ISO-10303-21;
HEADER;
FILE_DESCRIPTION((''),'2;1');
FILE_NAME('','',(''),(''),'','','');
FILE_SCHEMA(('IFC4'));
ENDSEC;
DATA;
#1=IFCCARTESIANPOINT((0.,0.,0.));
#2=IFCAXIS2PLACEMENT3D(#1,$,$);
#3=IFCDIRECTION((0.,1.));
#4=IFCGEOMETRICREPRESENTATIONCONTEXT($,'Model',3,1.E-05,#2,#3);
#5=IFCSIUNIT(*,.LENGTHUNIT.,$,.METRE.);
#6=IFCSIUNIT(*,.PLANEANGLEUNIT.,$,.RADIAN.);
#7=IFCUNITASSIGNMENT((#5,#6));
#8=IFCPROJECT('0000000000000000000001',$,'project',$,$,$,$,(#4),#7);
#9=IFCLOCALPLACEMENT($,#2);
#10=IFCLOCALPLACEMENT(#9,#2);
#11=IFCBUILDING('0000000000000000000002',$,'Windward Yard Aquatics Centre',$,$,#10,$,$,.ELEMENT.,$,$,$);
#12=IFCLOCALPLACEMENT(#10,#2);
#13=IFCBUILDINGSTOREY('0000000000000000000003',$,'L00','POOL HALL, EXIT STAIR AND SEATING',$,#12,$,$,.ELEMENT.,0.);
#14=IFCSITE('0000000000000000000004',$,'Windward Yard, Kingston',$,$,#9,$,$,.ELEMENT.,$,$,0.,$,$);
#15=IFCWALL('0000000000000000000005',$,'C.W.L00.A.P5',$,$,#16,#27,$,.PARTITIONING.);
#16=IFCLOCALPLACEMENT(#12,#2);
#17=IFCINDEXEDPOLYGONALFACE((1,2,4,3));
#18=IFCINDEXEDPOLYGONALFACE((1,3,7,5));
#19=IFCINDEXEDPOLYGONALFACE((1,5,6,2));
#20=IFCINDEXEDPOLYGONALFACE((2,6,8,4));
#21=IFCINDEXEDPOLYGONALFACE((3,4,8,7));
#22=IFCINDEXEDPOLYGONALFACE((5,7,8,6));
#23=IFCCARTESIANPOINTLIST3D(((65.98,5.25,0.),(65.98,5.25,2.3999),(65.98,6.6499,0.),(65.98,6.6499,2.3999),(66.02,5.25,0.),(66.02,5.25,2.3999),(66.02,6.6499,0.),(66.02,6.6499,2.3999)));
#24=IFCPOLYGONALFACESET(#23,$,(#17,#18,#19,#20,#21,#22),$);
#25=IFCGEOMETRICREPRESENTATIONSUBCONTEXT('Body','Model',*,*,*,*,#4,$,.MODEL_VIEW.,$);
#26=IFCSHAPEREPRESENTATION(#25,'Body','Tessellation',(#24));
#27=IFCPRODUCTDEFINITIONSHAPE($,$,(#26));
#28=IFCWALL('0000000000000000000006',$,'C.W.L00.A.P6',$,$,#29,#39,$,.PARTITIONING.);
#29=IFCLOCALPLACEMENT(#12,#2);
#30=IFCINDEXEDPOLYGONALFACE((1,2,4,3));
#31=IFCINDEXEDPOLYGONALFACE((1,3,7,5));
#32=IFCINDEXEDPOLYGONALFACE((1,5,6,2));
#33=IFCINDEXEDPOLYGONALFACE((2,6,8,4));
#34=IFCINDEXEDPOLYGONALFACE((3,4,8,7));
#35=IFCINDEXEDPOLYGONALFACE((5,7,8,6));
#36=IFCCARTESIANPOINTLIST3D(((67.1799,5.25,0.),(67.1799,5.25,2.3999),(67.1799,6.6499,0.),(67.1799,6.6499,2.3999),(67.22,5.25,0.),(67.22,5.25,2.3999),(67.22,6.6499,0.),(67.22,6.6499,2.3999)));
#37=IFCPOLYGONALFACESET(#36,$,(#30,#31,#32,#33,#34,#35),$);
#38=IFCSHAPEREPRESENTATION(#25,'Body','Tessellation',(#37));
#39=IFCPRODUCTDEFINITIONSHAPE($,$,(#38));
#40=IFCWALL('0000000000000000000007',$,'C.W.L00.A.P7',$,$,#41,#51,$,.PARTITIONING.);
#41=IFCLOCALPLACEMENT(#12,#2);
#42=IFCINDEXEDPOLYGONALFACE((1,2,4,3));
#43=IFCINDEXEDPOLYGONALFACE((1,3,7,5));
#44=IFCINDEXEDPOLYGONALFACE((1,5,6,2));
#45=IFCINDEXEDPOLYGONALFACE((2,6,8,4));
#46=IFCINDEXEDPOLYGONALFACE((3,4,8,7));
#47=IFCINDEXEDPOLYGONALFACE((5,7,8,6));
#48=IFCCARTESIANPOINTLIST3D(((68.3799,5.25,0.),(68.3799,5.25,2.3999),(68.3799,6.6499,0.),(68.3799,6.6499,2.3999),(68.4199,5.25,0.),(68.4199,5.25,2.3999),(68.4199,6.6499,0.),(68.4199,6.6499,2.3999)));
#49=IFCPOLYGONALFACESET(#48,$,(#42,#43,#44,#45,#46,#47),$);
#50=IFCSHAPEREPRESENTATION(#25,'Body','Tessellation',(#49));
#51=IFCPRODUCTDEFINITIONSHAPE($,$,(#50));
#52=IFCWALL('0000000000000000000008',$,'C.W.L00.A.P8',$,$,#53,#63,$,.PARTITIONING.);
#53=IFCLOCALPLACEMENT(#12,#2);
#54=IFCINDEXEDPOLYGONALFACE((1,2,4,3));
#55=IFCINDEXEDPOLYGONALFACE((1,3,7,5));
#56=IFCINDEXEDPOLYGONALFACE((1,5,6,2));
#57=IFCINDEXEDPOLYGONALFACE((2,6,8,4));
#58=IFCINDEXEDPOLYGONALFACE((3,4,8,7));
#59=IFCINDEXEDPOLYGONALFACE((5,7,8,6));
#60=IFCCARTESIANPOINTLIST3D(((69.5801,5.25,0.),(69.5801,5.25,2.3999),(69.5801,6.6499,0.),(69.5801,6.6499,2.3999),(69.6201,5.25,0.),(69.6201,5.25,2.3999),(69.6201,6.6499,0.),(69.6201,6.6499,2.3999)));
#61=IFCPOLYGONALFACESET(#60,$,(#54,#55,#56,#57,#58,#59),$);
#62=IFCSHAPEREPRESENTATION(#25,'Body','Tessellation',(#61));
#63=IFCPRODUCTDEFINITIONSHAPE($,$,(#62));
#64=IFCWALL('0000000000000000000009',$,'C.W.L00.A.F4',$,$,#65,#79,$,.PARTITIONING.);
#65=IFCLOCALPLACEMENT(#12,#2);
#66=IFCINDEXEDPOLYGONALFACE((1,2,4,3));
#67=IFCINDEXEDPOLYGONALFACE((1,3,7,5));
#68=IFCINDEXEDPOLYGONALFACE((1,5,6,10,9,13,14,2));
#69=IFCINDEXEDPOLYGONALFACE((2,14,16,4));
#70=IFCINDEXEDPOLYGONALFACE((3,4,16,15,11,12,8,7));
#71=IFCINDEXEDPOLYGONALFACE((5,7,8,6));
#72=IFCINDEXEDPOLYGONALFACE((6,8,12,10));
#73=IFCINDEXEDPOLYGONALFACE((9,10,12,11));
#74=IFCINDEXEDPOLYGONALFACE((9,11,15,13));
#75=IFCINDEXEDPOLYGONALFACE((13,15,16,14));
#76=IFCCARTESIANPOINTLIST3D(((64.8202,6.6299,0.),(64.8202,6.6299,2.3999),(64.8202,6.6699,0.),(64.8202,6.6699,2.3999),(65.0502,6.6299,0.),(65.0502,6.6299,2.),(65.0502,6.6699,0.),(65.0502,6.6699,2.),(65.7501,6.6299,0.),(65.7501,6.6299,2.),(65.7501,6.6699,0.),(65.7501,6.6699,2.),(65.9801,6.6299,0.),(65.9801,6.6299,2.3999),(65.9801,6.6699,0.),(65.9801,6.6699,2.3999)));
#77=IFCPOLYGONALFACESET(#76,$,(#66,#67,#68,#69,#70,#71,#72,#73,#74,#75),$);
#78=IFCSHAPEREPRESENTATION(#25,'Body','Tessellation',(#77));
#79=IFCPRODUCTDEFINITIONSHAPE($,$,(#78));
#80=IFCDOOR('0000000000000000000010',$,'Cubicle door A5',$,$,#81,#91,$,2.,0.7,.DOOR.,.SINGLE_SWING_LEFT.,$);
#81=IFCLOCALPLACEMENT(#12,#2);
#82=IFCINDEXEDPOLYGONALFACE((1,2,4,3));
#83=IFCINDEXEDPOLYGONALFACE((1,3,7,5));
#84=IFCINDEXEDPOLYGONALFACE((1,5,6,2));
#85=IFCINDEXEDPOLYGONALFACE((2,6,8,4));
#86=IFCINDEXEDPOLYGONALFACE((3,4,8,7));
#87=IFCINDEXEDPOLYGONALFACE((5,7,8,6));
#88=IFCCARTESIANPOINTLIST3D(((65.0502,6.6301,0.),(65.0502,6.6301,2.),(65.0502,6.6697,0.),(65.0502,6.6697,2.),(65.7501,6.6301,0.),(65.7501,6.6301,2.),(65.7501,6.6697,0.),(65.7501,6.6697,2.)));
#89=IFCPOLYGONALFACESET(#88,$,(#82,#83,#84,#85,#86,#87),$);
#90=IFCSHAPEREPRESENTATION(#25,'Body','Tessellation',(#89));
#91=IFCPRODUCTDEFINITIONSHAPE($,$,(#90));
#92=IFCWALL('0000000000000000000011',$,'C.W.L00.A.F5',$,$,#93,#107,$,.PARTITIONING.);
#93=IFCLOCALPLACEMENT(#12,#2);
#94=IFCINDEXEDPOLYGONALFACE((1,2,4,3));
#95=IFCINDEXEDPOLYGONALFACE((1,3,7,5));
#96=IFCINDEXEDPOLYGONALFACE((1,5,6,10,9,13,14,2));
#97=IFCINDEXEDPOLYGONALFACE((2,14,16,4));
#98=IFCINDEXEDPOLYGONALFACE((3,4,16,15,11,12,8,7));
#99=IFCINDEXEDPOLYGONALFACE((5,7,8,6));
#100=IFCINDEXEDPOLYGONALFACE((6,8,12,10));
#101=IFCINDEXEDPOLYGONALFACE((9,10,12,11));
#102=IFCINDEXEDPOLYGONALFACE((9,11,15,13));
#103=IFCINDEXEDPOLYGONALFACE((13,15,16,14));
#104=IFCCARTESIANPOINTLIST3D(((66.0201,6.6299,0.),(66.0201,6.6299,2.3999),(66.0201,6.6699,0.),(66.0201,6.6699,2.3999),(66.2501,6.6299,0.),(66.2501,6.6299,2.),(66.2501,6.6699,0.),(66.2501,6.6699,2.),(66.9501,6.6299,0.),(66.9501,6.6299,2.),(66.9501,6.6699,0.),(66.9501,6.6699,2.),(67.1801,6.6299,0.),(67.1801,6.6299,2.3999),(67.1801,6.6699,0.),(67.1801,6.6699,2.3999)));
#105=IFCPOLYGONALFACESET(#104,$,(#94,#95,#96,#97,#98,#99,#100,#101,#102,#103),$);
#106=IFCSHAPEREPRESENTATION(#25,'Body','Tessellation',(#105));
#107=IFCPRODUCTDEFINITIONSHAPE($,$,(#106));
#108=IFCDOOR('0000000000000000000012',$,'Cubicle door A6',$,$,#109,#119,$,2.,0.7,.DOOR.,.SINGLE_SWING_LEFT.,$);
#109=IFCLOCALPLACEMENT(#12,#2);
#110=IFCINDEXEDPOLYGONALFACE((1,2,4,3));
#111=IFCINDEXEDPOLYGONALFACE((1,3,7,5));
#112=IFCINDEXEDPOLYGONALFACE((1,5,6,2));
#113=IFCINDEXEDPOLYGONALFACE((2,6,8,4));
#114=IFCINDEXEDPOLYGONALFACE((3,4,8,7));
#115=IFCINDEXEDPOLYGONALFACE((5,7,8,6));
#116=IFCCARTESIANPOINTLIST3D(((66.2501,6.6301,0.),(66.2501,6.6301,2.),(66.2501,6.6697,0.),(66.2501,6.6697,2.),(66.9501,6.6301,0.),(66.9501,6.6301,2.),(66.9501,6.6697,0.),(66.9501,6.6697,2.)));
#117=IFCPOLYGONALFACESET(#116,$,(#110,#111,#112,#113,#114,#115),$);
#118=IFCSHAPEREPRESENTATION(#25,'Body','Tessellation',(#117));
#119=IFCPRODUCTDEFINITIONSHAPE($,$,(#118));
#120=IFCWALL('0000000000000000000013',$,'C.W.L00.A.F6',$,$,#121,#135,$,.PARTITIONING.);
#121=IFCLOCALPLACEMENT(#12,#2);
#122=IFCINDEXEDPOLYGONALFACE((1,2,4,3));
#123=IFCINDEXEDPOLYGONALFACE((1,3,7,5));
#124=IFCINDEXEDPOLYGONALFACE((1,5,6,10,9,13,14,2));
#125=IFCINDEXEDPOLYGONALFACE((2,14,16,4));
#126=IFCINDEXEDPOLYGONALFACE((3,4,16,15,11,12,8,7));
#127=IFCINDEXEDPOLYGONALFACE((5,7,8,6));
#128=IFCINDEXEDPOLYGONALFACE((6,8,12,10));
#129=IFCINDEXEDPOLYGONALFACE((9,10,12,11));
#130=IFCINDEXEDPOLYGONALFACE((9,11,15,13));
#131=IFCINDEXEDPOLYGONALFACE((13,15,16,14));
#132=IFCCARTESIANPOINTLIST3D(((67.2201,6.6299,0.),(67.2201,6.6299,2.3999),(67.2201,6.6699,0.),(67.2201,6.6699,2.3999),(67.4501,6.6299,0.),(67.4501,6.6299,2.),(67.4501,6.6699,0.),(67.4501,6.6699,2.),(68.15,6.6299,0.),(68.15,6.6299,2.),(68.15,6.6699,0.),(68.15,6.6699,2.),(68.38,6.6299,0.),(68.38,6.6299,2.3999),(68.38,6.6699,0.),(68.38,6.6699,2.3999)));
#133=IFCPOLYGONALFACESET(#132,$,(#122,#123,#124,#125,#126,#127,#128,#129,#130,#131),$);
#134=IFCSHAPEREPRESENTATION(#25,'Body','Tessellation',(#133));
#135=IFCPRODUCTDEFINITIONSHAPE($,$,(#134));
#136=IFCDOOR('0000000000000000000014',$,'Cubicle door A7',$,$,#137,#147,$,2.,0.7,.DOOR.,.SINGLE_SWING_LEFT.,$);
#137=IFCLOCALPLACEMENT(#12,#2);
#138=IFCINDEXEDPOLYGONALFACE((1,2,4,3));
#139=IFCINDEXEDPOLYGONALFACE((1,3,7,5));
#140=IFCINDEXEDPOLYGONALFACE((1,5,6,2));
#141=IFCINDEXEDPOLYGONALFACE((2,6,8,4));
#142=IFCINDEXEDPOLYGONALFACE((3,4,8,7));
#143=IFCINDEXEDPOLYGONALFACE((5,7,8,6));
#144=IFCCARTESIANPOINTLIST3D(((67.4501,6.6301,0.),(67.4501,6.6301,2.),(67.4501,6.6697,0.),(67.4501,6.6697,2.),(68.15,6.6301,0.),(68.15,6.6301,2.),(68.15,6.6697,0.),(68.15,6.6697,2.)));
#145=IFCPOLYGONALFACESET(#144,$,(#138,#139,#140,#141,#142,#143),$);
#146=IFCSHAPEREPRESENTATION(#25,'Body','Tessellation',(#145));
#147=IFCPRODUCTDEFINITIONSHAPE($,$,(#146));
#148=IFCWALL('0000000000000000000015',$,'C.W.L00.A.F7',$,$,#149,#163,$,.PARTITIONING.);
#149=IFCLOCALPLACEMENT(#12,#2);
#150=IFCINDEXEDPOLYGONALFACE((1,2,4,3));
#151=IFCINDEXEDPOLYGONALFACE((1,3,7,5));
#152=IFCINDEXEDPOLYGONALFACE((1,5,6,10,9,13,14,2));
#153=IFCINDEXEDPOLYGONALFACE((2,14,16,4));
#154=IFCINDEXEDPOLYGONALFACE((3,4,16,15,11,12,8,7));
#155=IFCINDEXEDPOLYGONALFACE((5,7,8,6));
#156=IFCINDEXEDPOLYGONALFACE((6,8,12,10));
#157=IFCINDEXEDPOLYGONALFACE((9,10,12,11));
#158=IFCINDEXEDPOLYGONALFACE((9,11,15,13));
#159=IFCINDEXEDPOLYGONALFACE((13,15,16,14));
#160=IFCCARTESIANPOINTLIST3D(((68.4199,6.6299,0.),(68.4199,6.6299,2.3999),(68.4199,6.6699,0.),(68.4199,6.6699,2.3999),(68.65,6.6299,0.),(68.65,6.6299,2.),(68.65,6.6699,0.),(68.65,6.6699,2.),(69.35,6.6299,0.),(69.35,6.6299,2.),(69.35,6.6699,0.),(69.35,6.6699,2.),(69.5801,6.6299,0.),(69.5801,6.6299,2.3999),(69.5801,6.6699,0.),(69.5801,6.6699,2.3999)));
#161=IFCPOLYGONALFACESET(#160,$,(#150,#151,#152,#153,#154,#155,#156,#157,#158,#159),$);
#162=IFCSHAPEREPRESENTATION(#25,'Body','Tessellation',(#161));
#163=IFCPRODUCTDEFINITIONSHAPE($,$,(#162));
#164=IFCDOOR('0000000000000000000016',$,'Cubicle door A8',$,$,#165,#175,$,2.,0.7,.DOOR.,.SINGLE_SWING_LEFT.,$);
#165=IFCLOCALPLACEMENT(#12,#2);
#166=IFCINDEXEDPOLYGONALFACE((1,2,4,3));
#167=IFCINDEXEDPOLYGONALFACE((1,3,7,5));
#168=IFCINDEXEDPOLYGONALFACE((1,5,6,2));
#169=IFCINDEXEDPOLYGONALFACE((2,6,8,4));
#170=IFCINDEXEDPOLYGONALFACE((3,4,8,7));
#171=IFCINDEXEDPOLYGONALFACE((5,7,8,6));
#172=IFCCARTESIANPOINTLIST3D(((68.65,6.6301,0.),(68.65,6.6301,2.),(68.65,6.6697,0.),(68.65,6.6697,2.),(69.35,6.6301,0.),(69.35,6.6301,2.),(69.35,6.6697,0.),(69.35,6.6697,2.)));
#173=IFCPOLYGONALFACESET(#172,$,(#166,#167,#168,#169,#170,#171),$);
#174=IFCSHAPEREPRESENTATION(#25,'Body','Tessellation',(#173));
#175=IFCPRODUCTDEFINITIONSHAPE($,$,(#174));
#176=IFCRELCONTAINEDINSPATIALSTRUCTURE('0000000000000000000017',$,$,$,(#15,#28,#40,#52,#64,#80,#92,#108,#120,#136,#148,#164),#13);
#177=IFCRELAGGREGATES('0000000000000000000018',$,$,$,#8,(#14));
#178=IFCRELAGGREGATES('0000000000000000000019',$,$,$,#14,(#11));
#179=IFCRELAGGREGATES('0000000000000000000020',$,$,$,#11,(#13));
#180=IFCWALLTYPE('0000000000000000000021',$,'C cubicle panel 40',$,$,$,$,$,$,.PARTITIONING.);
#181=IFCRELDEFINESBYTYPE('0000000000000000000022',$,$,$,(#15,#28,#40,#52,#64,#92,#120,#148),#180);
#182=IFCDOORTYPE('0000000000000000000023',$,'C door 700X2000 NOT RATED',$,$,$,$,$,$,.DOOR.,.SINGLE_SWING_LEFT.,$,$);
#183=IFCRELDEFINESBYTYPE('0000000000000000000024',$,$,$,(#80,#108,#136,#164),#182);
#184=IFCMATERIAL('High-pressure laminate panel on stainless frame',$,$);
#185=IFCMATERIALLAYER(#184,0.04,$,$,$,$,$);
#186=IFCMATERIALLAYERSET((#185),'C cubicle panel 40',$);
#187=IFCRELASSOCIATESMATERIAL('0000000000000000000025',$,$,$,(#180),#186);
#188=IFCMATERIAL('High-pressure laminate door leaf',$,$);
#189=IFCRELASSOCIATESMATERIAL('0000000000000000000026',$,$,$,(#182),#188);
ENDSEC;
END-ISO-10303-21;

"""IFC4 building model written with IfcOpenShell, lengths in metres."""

from ifc_helpers import new_model, si_unit, direction, frame, frame_2d, origin, place, context, subcontext, project, spatial, rectangle, extrude, material, layer, layer_set, type_object, element, fill, save


model = new_model("IFC4")

# Units and contexts
model_context = context("Model", 3, precision=1e-05, world=origin(), true_north=direction((0.0, 1.0)))
body_context = subcontext(model_context, "Body", "Model", "MODEL_VIEW")
ifc_project = project(units=[si_unit("LENGTHUNIT", "METRE"), si_unit("PLANEANGLEUNIT", "RADIAN")], contexts=[model_context])

# Site, building, storey
site_placement = place(None, origin())
site = spatial("IfcSite", under=ifc_project, at=site_placement, Name="Windward Yard, Kingston", CompositionType="ELEMENT", RefElevation=0.0)
building_placement = place(site_placement, origin())
building = spatial("IfcBuilding", under=site, at=building_placement, Name="Windward Yard Aquatics Centre", CompositionType="ELEMENT")
storey_placement = place(building_placement, origin())
storey = spatial("IfcBuildingStorey", under=building, at=storey_placement, Name="L00", Description="POOL HALL, EXIT STAIR AND SEATING", CompositionType="ELEMENT", Elevation=0.0)

# Walls
ifc_material_1 = material(Name="High-pressure laminate panel on stainless frame")
ifc_layer = layer(ifc_material_1, 0.04)
ifc_layer_set = layer_set([ifc_layer], Name="C cubicle panel 40")
wall_type = type_object("IfcWallType", Name="C cubicle panel 40", PredefinedType="PARTITIONING", material=ifc_layer_set)
for number, where, z_axis, x_axis, name in (
    (1, (66.0, 5.25, 0.0), (0.0, 0.0, 1.0), (0.0, 1.0, 0.0), "C.W.L00.A.P5"),
    (2, (67.2, 5.25, 0.0), (0.0, 0.0, 1.0), (0.0, 1.0, 0.0), "C.W.L00.A.P6"),
    (3, (68.3999, 5.25, 0.0), (0.0, 0.0, 1.0), (0.0, 1.0, 0.0), "C.W.L00.A.P7"),
    (4, (69.6001, 5.25, 0.0), (0.0, 0.0, 1.0), (0.0, 1.0, 0.0), "C.W.L00.A.P8"),
):
    element("IfcWall", number, at=place(storey_placement, frame(where, z_axis=z_axis, x_axis=x_axis)), inside=storey, type_object=wall_type, Name=name, PredefinedType="PARTITIONING", context=body_context, shape_type="SweptSolid", body=[
        extrude(rectangle(XDim=1.3999, YDim=0.04, at=frame_2d((0.7, 0.0))), origin(), (0.0, 0.0, 1.0), 2.3999),
    ])

# Walls, openings, doors
wall_1_placement = place(storey_placement, frame((64.8201, 6.6499, 0.0), z_axis=(0.0, 0.0, 1.0), x_axis=(1.0, 0.0, 0.0)))
wall_1 = element("IfcWall", 5, at=wall_1_placement, inside=storey, type_object=wall_type, Name="C.W.L00.A.F4", PredefinedType="PARTITIONING", context=body_context, shape_type="SweptSolid", body=[
    extrude(rectangle(XDim=1.1599, YDim=0.04, at=frame_2d((0.5801, 0.0))), origin(), (0.0, 0.0, 1.0), 2.3999),
])
opening_1_placement = place(wall_1_placement, frame((0.23, 0.0, 0.0)))
opening_1 = element("IfcOpeningElement", 6, at=opening_1_placement, cuts=wall_1, PredefinedType="OPENING", context=body_context, shape_type="SweptSolid", body=[
    extrude(rectangle(XDim=0.7, YDim=2.0, at=frame_2d((0.3501, 1.0))), frame((0.0, 0.03, 0.0), z_axis=(0.0, -1.0, 0.0), x_axis=(1.0, 0.0, 0.0)), (0.0, 0.0, 1.0), 0.0601),
])
ifc_material_2 = material(Name="High-pressure laminate door leaf")
door_type = type_object("IfcDoorType", Name="C door 700X2000 NOT RATED", OperationType="SINGLE_SWING_LEFT", PredefinedType="DOOR", material=ifc_material_2)
door_1_placement = place(opening_1_placement, origin())
door_1 = element("IfcDoor", 7, at=door_1_placement, inside=storey, type_object=door_type, Name="Cubicle door A5", OperationType="SINGLE_SWING_LEFT", OverallHeight=2.0, OverallWidth=0.7, PredefinedType="DOOR", context=body_context, shape_type="SweptSolid", body=[
    extrude(rectangle(XDim=0.7, YDim=2.0, at=frame_2d((0.3501, 1.0))), frame((0.0, 0.0198, 0.0), z_axis=(0.0, -1.0, 0.0), x_axis=(1.0, 0.0, 0.0)), (0.0, 0.0, 1.0), 0.0396),
])
fill(opening_1, door_1)
wall_2_placement = place(storey_placement, frame((66.02, 6.6499, 0.0), z_axis=(0.0, 0.0, 1.0), x_axis=(1.0, 0.0, 0.0)))
wall_2 = element("IfcWall", 8, at=wall_2_placement, inside=storey, type_object=wall_type, Name="C.W.L00.A.F5", PredefinedType="PARTITIONING", context=body_context, shape_type="SweptSolid", body=[
    extrude(rectangle(XDim=1.1599, YDim=0.04, at=frame_2d((0.5801, 0.0))), origin(), (0.0, 0.0, 1.0), 2.3999),
])
opening_2_placement = place(wall_2_placement, frame((0.23, 0.0, 0.0)))
opening_2 = element("IfcOpeningElement", 9, at=opening_2_placement, cuts=wall_2, PredefinedType="OPENING", context=body_context, shape_type="SweptSolid", body=[
    extrude(rectangle(XDim=0.7, YDim=2.0, at=frame_2d((0.3501, 1.0))), frame((0.0, 0.03, 0.0), z_axis=(0.0, -1.0, 0.0), x_axis=(1.0, 0.0, 0.0)), (0.0, 0.0, 1.0), 0.0601),
])
door_2_placement = place(opening_2_placement, origin())
door_2 = element("IfcDoor", 10, at=door_2_placement, inside=storey, type_object=door_type, Name="Cubicle door A6", OperationType="SINGLE_SWING_LEFT", OverallHeight=2.0, OverallWidth=0.7, PredefinedType="DOOR", context=body_context, shape_type="SweptSolid", body=[
    extrude(rectangle(XDim=0.7, YDim=2.0, at=frame_2d((0.3501, 1.0))), frame((0.0, 0.0198, 0.0), z_axis=(0.0, -1.0, 0.0), x_axis=(1.0, 0.0, 0.0)), (0.0, 0.0, 1.0), 0.0396),
])
fill(opening_2, door_2)
wall_3_placement = place(storey_placement, frame((67.22, 6.6499, 0.0), z_axis=(0.0, 0.0, 1.0), x_axis=(1.0, 0.0, 0.0)))
wall_3 = element("IfcWall", 11, at=wall_3_placement, inside=storey, type_object=wall_type, Name="C.W.L00.A.F6", PredefinedType="PARTITIONING", context=body_context, shape_type="SweptSolid", body=[
    extrude(rectangle(XDim=1.1599, YDim=0.04, at=frame_2d((0.5801, 0.0))), origin(), (0.0, 0.0, 1.0), 2.3999),
])
opening_3_placement = place(wall_3_placement, frame((0.23, 0.0, 0.0)))
opening_3 = element("IfcOpeningElement", 12, at=opening_3_placement, cuts=wall_3, PredefinedType="OPENING", context=body_context, shape_type="SweptSolid", body=[
    extrude(rectangle(XDim=0.7, YDim=2.0, at=frame_2d((0.3501, 1.0))), frame((0.0, 0.03, 0.0), z_axis=(0.0, -1.0, 0.0), x_axis=(1.0, 0.0, 0.0)), (0.0, 0.0, 1.0), 0.0601),
])
door_3_placement = place(opening_3_placement, origin())
door_3 = element("IfcDoor", 13, at=door_3_placement, inside=storey, type_object=door_type, Name="Cubicle door A7", OperationType="SINGLE_SWING_LEFT", OverallHeight=2.0, OverallWidth=0.7, PredefinedType="DOOR", context=body_context, shape_type="SweptSolid", body=[
    extrude(rectangle(XDim=0.7, YDim=2.0, at=frame_2d((0.3501, 1.0))), frame((0.0, 0.0198, 0.0), z_axis=(0.0, -1.0, 0.0), x_axis=(1.0, 0.0, 0.0)), (0.0, 0.0, 1.0), 0.0396),
])
fill(opening_3, door_3)
wall_4_placement = place(storey_placement, frame((68.4199, 6.6499, 0.0), z_axis=(0.0, 0.0, 1.0), x_axis=(1.0, 0.0, 0.0)))
wall_4 = element("IfcWall", 14, at=wall_4_placement, inside=storey, type_object=wall_type, Name="C.W.L00.A.F7", PredefinedType="PARTITIONING", context=body_context, shape_type="SweptSolid", body=[
    extrude(rectangle(XDim=1.1602, YDim=0.04, at=frame_2d((0.5801, 0.0))), origin(), (0.0, 0.0, 1.0), 2.3999),
])
opening_4_placement = place(wall_4_placement, frame((0.23, 0.0, 0.0)))
opening_4 = element("IfcOpeningElement", 15, at=opening_4_placement, cuts=wall_4, PredefinedType="OPENING", context=body_context, shape_type="SweptSolid", body=[
    extrude(rectangle(XDim=0.7, YDim=2.0, at=frame_2d((0.3501, 1.0))), frame((0.0, 0.03, 0.0), z_axis=(0.0, -1.0, 0.0), x_axis=(1.0, 0.0, 0.0)), (0.0, 0.0, 1.0), 0.0601),
])
door_4_placement = place(opening_4_placement, origin())
door_4 = element("IfcDoor", 16, at=door_4_placement, inside=storey, type_object=door_type, Name="Cubicle door A8", OperationType="SINGLE_SWING_LEFT", OverallHeight=2.0, OverallWidth=0.7, PredefinedType="DOOR", context=body_context, shape_type="SweptSolid", body=[
    extrude(rectangle(XDim=0.7, YDim=2.0, at=frame_2d((0.3501, 1.0))), frame((0.0, 0.0198, 0.0), z_axis=(0.0, -1.0, 0.0), x_axis=(1.0, 0.0, 0.0)), (0.0, 0.0, 1.0), 0.0396),
])
fill(opening_4, door_4)

save(model, "model.ifc")
